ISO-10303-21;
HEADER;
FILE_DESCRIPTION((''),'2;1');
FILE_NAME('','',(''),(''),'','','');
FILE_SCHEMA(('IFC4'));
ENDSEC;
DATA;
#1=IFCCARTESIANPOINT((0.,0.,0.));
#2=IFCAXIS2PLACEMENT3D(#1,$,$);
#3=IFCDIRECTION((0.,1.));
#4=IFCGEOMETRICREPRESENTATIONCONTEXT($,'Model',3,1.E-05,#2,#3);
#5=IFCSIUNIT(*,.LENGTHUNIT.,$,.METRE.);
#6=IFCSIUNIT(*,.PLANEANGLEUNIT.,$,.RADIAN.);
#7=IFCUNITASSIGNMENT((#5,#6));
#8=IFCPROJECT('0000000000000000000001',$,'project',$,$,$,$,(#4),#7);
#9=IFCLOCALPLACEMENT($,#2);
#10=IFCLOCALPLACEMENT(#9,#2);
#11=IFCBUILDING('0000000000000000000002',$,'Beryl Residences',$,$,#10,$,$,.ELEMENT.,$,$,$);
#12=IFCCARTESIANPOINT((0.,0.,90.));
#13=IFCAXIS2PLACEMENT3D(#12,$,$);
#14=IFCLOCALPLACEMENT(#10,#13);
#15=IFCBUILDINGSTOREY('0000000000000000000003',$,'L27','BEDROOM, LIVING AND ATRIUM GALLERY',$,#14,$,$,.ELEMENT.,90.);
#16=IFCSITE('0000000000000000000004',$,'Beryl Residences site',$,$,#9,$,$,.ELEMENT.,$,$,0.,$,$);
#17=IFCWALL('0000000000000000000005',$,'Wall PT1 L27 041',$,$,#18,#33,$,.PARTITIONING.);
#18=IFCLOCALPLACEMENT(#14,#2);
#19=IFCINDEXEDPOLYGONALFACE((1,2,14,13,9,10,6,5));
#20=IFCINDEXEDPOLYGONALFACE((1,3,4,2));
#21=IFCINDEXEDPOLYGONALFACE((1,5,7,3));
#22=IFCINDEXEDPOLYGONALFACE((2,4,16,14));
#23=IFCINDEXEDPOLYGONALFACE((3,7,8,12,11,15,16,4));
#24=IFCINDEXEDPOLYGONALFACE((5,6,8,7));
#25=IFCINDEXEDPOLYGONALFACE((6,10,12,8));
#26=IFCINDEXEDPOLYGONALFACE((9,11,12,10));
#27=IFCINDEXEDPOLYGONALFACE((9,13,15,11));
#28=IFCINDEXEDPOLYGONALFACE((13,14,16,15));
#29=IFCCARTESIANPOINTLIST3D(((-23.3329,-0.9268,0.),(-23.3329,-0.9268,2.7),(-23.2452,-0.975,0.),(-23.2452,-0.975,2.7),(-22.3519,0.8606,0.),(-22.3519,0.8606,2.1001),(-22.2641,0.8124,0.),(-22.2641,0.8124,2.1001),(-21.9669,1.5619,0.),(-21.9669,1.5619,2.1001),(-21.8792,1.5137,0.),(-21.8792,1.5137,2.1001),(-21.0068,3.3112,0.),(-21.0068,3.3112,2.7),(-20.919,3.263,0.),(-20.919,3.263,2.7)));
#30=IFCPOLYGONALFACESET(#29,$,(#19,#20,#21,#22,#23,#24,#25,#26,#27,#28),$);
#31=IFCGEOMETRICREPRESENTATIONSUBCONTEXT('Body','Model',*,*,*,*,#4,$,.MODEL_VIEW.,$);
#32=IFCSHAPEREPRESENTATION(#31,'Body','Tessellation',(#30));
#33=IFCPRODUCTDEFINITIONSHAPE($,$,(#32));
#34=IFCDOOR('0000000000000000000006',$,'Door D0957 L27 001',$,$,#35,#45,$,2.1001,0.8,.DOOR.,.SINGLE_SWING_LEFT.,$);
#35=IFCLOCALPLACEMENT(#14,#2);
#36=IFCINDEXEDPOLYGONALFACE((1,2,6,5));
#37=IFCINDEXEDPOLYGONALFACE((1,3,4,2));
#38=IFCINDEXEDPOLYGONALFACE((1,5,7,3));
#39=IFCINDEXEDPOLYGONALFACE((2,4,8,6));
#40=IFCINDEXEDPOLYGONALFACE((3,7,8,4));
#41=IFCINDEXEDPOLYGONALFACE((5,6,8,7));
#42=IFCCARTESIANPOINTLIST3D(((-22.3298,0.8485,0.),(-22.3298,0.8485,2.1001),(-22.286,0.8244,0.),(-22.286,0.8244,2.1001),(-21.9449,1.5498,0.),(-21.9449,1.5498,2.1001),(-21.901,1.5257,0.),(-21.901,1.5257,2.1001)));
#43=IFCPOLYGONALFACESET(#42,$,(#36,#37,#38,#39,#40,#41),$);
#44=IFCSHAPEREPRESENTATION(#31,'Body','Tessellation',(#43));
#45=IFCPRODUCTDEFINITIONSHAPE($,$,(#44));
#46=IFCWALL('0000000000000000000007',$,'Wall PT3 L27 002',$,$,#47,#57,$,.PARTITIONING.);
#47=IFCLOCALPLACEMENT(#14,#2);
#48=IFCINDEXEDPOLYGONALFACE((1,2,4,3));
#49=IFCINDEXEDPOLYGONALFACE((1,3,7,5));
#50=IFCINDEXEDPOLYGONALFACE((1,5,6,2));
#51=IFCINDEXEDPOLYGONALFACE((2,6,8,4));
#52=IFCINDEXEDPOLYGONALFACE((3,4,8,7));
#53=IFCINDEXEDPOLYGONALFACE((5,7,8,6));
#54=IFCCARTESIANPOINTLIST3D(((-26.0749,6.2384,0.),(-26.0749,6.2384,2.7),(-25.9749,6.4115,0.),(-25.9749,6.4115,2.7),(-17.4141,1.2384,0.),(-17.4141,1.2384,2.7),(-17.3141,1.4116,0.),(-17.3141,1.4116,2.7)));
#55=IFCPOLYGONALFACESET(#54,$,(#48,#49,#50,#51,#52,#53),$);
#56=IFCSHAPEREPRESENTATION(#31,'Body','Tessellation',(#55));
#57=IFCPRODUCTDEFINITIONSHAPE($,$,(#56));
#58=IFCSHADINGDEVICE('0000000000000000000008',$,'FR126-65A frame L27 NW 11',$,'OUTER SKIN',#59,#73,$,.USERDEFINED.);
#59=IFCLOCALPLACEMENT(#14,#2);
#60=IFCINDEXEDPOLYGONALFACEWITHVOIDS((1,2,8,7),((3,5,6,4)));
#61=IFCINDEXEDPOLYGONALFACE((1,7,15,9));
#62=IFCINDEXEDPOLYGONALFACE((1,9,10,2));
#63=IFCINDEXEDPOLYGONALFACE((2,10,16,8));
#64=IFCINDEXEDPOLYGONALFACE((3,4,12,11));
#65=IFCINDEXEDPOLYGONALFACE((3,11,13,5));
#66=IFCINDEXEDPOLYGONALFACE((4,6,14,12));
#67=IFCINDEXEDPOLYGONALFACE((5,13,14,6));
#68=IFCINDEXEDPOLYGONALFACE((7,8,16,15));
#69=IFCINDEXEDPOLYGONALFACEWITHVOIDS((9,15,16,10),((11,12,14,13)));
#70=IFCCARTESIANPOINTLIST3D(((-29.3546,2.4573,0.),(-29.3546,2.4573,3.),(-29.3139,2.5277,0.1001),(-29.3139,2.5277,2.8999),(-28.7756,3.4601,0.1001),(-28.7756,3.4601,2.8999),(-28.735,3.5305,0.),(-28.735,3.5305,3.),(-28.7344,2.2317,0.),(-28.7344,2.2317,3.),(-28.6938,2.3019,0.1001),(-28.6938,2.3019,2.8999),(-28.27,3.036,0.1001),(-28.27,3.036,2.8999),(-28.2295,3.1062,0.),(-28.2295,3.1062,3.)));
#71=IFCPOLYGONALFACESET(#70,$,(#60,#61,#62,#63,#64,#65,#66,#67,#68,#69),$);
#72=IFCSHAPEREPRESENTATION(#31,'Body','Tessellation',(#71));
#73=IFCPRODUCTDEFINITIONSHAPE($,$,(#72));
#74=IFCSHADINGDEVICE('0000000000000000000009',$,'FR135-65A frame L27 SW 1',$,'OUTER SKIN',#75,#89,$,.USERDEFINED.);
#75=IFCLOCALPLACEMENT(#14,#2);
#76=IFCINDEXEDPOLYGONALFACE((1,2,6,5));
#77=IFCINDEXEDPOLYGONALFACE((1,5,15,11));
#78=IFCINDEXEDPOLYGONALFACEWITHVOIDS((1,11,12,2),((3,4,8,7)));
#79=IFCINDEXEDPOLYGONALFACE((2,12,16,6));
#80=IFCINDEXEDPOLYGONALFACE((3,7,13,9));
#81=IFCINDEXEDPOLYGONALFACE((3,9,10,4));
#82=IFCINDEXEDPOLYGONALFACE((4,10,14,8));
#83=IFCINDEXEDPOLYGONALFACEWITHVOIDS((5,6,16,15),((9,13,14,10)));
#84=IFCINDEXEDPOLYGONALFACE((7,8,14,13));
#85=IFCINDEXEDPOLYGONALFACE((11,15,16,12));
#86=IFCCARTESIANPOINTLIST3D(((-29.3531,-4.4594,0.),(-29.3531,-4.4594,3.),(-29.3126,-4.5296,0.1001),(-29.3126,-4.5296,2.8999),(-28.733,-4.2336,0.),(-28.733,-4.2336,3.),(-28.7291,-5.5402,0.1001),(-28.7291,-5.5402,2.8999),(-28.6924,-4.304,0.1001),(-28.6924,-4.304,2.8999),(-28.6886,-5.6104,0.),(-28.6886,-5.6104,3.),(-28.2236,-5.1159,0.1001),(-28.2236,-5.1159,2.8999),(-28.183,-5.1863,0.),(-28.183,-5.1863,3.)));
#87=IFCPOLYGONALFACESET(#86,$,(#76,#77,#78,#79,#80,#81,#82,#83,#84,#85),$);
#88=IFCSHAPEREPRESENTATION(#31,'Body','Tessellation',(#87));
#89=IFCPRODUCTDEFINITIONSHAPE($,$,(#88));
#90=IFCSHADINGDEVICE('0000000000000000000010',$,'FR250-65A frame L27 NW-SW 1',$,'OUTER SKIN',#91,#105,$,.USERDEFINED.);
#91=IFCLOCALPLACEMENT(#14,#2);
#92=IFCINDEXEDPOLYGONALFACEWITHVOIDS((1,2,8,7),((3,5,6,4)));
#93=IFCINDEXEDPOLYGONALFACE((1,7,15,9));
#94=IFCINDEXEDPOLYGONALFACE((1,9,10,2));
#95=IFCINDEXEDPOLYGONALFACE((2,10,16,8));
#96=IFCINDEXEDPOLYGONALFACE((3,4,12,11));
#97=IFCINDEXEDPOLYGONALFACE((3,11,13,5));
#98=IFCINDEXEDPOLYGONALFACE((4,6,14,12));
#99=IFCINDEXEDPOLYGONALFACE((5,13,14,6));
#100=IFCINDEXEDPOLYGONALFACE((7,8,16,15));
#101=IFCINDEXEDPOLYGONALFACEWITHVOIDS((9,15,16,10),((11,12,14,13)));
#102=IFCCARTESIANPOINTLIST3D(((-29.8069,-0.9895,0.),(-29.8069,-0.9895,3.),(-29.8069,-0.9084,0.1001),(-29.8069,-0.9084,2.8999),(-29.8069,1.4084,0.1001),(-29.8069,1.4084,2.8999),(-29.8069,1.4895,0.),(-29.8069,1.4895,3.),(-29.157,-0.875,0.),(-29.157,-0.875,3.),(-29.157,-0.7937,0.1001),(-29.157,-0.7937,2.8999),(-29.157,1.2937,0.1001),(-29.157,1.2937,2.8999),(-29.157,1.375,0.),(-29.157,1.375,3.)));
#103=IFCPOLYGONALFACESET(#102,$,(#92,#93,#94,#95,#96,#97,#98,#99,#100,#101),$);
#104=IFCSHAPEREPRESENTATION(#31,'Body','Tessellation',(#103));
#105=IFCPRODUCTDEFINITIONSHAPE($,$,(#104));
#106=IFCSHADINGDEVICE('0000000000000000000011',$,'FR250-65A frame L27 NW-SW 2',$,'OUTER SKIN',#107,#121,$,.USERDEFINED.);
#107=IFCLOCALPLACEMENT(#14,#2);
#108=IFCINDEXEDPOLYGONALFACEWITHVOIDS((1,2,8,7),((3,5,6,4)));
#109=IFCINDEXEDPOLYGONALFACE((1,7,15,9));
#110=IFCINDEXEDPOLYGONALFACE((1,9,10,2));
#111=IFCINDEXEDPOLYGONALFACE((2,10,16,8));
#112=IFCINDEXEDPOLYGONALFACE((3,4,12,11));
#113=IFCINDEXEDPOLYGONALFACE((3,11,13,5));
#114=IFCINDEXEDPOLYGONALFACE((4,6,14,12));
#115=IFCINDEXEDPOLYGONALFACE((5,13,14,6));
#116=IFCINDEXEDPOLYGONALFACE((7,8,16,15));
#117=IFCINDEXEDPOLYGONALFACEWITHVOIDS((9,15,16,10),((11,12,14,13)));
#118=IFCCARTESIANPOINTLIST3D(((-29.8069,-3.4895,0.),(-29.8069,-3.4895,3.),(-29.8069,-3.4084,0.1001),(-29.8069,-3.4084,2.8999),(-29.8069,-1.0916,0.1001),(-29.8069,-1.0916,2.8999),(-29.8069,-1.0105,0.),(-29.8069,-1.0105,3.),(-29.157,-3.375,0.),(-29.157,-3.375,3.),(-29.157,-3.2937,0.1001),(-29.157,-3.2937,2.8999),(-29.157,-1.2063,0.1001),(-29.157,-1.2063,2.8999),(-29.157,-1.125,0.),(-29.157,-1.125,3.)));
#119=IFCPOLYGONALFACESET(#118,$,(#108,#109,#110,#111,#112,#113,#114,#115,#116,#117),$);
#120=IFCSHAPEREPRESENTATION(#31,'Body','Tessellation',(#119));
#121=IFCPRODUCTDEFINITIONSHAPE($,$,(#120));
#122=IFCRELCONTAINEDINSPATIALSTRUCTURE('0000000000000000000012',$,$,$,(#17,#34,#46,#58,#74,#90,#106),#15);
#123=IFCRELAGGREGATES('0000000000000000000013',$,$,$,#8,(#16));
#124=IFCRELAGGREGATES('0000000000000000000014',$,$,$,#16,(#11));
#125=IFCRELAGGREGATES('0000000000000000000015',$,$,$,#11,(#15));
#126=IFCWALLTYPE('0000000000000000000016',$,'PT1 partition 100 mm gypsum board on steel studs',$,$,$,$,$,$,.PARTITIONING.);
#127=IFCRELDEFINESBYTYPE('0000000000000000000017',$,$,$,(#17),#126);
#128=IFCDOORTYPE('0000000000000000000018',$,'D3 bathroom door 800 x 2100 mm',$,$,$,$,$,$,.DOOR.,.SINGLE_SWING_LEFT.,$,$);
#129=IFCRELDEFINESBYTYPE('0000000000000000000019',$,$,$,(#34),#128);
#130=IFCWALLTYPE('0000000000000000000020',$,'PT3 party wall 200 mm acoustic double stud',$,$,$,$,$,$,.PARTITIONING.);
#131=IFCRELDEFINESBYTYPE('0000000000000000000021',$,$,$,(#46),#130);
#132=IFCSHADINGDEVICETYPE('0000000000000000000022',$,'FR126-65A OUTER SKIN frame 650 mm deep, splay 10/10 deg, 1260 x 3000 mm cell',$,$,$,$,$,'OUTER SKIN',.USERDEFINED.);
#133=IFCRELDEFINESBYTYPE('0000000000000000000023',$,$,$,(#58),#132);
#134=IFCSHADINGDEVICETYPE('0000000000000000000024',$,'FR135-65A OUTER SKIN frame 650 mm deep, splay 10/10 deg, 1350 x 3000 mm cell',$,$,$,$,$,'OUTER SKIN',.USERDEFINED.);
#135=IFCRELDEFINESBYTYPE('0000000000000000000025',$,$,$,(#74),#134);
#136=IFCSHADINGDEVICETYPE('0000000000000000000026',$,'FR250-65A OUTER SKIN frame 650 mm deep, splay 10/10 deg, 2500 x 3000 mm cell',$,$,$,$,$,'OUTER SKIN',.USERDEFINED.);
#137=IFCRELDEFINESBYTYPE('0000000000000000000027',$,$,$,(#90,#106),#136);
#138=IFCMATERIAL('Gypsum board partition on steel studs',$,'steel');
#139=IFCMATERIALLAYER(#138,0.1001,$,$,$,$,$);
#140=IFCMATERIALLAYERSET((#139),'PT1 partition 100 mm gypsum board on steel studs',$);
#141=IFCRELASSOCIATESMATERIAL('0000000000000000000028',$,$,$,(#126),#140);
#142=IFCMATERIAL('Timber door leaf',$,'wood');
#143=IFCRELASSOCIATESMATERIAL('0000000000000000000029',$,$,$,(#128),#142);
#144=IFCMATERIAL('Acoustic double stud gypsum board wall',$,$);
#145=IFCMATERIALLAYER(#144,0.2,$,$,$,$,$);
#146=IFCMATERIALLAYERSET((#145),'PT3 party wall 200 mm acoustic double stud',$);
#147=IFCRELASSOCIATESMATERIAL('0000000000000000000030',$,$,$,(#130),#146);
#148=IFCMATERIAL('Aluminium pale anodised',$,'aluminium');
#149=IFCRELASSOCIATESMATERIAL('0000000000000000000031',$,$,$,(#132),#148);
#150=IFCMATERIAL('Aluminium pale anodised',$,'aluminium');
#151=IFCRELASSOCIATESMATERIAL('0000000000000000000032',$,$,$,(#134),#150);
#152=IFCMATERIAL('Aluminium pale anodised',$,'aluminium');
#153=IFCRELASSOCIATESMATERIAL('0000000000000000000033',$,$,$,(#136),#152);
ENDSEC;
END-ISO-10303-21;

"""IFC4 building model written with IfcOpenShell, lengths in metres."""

from ifc_helpers import new_model, entity, si_unit, direction, frame, frame_2d, origin, place, context, subcontext, project, spatial, rectangle, extrude, source, transform, mapped, material, layer, layer_set, type_object, type_shapes, element, fill, save


model = new_model("IFC4")

# Units and contexts
model_context = context("Model", 3, precision=1e-05, world=origin(), true_north=direction((0.0, 1.0)))
body_context = subcontext(model_context, "Body", "Model", "MODEL_VIEW")
ifc_project = project(units=[si_unit("LENGTHUNIT", "METRE"), si_unit("PLANEANGLEUNIT", "RADIAN")], contexts=[model_context])

# Site, building, storey
site_placement = place(None, origin())
site = spatial("IfcSite", under=ifc_project, at=site_placement, Name="Beryl Residences site", CompositionType="ELEMENT", RefElevation=0.0)
building_placement = place(site_placement, origin())
building = spatial("IfcBuilding", under=site, at=building_placement, Name="Beryl Residences", CompositionType="ELEMENT")
storey_placement = place(building_placement, frame((0.0, 0.0, 90.0)))
storey = spatial("IfcBuildingStorey", under=building, at=storey_placement, Name="L27", Description="BEDROOM, LIVING AND ATRIUM GALLERY", CompositionType="ELEMENT", Elevation=90.0)

# Shared definitions
ifc_material_1 = material(Name="Gypsum board partition on steel studs", Category="steel")
ifc_layer_1 = layer(ifc_material_1, 0.1001)
ifc_layer_set_1 = layer_set([ifc_layer_1], Name="PT1 partition 100 mm gypsum board on steel studs")
wall_type_1 = type_object("IfcWallType", Name="PT1 partition 100 mm gypsum board on steel studs", PredefinedType="PARTITIONING", material=ifc_layer_set_1)

# Wall, opening, door
wall_1_placement = place(storey_placement, frame((-23.2891, -0.9509, 0.0), z_axis=(0.0, 0.0, 1.0), x_axis=(0.481164, 0.87663, 0.0)))
wall_1 = element("IfcWall", 1, at=wall_1_placement, inside=storey, type_object=wall_type_1, Name="Wall PT1 L27 041", PredefinedType="PARTITIONING", context=body_context, shape_type="SweptSolid", body=[
    extrude(rectangle(XDim=4.8345, YDim=0.1001, at=frame_2d((2.4172, 0.0))), origin(), (0.0, 0.0, 1.0), 2.7),
])
opening_1_placement = place(wall_1_placement, frame((2.0391, 0.0, 0.0)))
opening_1 = element("IfcOpeningElement", 2, at=opening_1_placement, cuts=wall_1, PredefinedType="OPENING", context=body_context, shape_type="SweptSolid", body=[
    extrude(rectangle(XDim=0.8, YDim=2.1001, at=frame_2d((0.3999, 1.05))), frame((0.0, 0.0601, 0.0), z_axis=(0.0, -1.0, 0.0), x_axis=(1.0, 0.0, 0.0)), (0.0, 0.0, 1.0), 0.1201),
])
ifc_material_2 = material(Name="Timber door leaf", Category="wood")
door_type_1 = type_object("IfcDoorType", Name="D3 bathroom door 800 x 2100 mm", OperationType="SINGLE_SWING_LEFT", PredefinedType="DOOR", material=ifc_material_2)
door_1_placement = place(opening_1_placement, origin())
door_1 = element("IfcDoor", 3, at=door_1_placement, inside=storey, type_object=door_type_1, Name="Door D0957 L27 001", OperationType="SINGLE_SWING_LEFT", OverallHeight=2.1001, OverallWidth=0.8, PredefinedType="DOOR", context=body_context, shape_type="SweptSolid", body=[
    extrude(rectangle(XDim=0.8, YDim=2.1001, at=frame_2d((0.3999, 1.05))), frame((0.0, 0.0249, 0.0), z_axis=(0.0, -1.0, 0.0), x_axis=(1.0, 0.0, 0.0)), (0.0, 0.0, 1.0), 0.05),
])
fill(opening_1, door_1)

# Wall
ifc_material_3 = material(Name="Acoustic double stud gypsum board wall")
ifc_layer_2 = layer(ifc_material_3, 0.2)
ifc_layer_set_2 = layer_set([ifc_layer_2], Name="PT3 party wall 200 mm acoustic double stud")
wall_type_2 = type_object("IfcWallType", Name="PT3 party wall 200 mm acoustic double stud", PredefinedType="PARTITIONING", material=ifc_layer_set_2)
wall_2_placement = place(storey_placement, frame((-26.0249, 6.325, 0.0), z_axis=(0.0, 0.0, 1.0), x_axis=(0.866041, -0.499973, 0.0)))
element("IfcWall", 4, at=wall_2_placement, inside=storey, type_object=wall_type_2, Name="Wall PT3 L27 002", PredefinedType="PARTITIONING", context=body_context, shape_type="SweptSolid", body=[
    extrude(rectangle(XDim=10.0005, YDim=0.2, at=frame_2d((5.0002, 0.0))), origin(), (0.0, 0.0, 1.0), 2.7),
])

# Shading devices
ifc_material_4 = material(Name="Aluminium pale anodised", Category="aluminium")
shading_device_type_1 = type_object("IfcShadingDeviceType", Name="FR126-65A OUTER SKIN frame 650 mm deep, splay 10/10 deg, 1260 x 3000 mm cell", ElementType="OUTER SKIN", PredefinedType="USERDEFINED", material=ifc_material_4)
cartesian_point_1 = entity("IfcCartesianPoint", [-0.5049, 0.0])
cartesian_point_2 = entity("IfcCartesianPoint", [-0.4238, 0.1001])
cartesian_point_3 = entity("IfcCartesianPoint", [-0.6196, 0.0])
cartesian_point_4 = entity("IfcCartesianPoint", [-0.5383, 0.1001])
shared_shape_1 = source(origin(), body_context, "Body", "SweptSolid", [
    entity("IfcExtrudedAreaSolidTapered", entity("IfcArbitraryProfileDefWithVoids", "AREA", None, entity("IfcPolyline", [cartesian_point_1, entity("IfcCartesianPoint", [0.5049, 0.0]), entity("IfcCartesianPoint", [0.5049, 3.0]), entity("IfcCartesianPoint", [-0.5049, 3.0]), cartesian_point_1]), [entity("IfcPolyline", [cartesian_point_2, entity("IfcCartesianPoint", [0.4238, 0.1001]), entity("IfcCartesianPoint", [0.4238, 2.8999]), entity("IfcCartesianPoint", [-0.4238, 2.8999]), cartesian_point_2])]), entity("IfcAxis2Placement3D", entity("IfcCartesianPoint", [0.0, 0.0, 0.0]), entity("IfcDirection", [0.0, 1.0, 0.0]), entity("IfcDirection", [-1.0, 0.0, 0.0])), entity("IfcDirection", [0.0, 0.0, 1.0]), 0.6499, entity("IfcArbitraryProfileDefWithVoids", "AREA", None, entity("IfcPolyline", [cartesian_point_3, entity("IfcCartesianPoint", [0.6196, 0.0]), entity("IfcCartesianPoint", [0.6196, 3.0]), entity("IfcCartesianPoint", [-0.6196, 3.0]), cartesian_point_3]), [entity("IfcPolyline", [cartesian_point_4, entity("IfcCartesianPoint", [0.5383, 0.1001]), entity("IfcCartesianPoint", [0.5383, 2.8999]), entity("IfcCartesianPoint", [-0.5383, 2.8999]), cartesian_point_4])])),
])
type_shapes(shading_device_type_1, [shared_shape_1])
shading_device_1_placement = place(storey_placement, frame((-28.4819, 2.6689, 0.0), z_axis=(0.0, 0.0, 1.0), x_axis=(0.5, 0.866025, 0.0)))
element("IfcShadingDevice", 5, at=shading_device_1_placement, inside=storey, type_object=shading_device_type_1, Name="FR126-65A frame L27 NW 11", ObjectType="OUTER SKIN", PredefinedType="USERDEFINED", context=body_context, shape_type="MappedRepresentation", body=[
    mapped(shared_shape_1, transform((0.0, 0.0, 0.0))),
])
ifc_material_5 = material(Name="Aluminium pale anodised", Category="aluminium")
shading_device_type_2 = type_object("IfcShadingDeviceType", Name="FR135-65A OUTER SKIN frame 650 mm deep, splay 10/10 deg, 1350 x 3000 mm cell", ElementType="OUTER SKIN", PredefinedType="USERDEFINED", material=ifc_material_5)
cartesian_point_5 = entity("IfcCartesianPoint", [-0.55, 0.0])
cartesian_point_6 = entity("IfcCartesianPoint", [-0.4688, 0.1001])
cartesian_point_7 = entity("IfcCartesianPoint", [-0.6646, 0.0])
cartesian_point_8 = entity("IfcCartesianPoint", [-0.5835, 0.1001])
shared_shape_2 = source(origin(), body_context, "Body", "SweptSolid", [
    entity("IfcExtrudedAreaSolidTapered", entity("IfcArbitraryProfileDefWithVoids", "AREA", None, entity("IfcPolyline", [cartesian_point_5, entity("IfcCartesianPoint", [0.55, 0.0]), entity("IfcCartesianPoint", [0.55, 3.0]), entity("IfcCartesianPoint", [-0.55, 3.0]), cartesian_point_5]), [entity("IfcPolyline", [cartesian_point_6, entity("IfcCartesianPoint", [0.4688, 0.1001]), entity("IfcCartesianPoint", [0.4688, 2.8999]), entity("IfcCartesianPoint", [-0.4688, 2.8999]), cartesian_point_6])]), entity("IfcAxis2Placement3D", entity("IfcCartesianPoint", [0.0, 0.0, 0.0]), entity("IfcDirection", [0.0, 1.0, 0.0]), entity("IfcDirection", [-1.0, 0.0, 0.0])), entity("IfcDirection", [0.0, 0.0, 1.0]), 0.6499, entity("IfcArbitraryProfileDefWithVoids", "AREA", None, entity("IfcPolyline", [cartesian_point_7, entity("IfcCartesianPoint", [0.6646, 0.0]), entity("IfcCartesianPoint", [0.6646, 3.0]), entity("IfcCartesianPoint", [-0.6646, 3.0]), cartesian_point_7]), [entity("IfcPolyline", [cartesian_point_8, entity("IfcCartesianPoint", [0.5835, 0.1001]), entity("IfcCartesianPoint", [0.5835, 2.8999]), entity("IfcCartesianPoint", [-0.5835, 2.8999]), cartesian_point_8])])),
])
type_shapes(shading_device_type_2, [shared_shape_2])
shading_device_2_placement = place(storey_placement, frame((-28.458, -4.71, 0.0), z_axis=(0.0, 0.0, 1.0), x_axis=(-0.5, 0.866025, 0.0)))
element("IfcShadingDevice", 6, at=shading_device_2_placement, inside=storey, type_object=shading_device_type_2, Name="FR135-65A frame L27 SW 1", ObjectType="OUTER SKIN", PredefinedType="USERDEFINED", context=body_context, shape_type="MappedRepresentation", body=[
    mapped(shared_shape_2, transform((0.0, 0.0, 0.0))),
])
ifc_material_6 = material(Name="Aluminium pale anodised", Category="aluminium")
shading_device_type_3 = type_object("IfcShadingDeviceType", Name="FR250-65A OUTER SKIN frame 650 mm deep, splay 10/10 deg, 2500 x 3000 mm cell", ElementType="OUTER SKIN", PredefinedType="USERDEFINED", material=ifc_material_6)
cartesian_point_9 = entity("IfcCartesianPoint", [-1.125, 0.0])
cartesian_point_10 = entity("IfcCartesianPoint", [-1.0437, 0.1001])
cartesian_point_11 = entity("IfcCartesianPoint", [-1.2395, 0.0])
cartesian_point_12 = entity("IfcCartesianPoint", [-1.1584, 0.1001])
shared_shape_3 = source(origin(), body_context, "Body", "SweptSolid", [
    entity("IfcExtrudedAreaSolidTapered", entity("IfcArbitraryProfileDefWithVoids", "AREA", None, entity("IfcPolyline", [cartesian_point_9, entity("IfcCartesianPoint", [1.125, 0.0]), entity("IfcCartesianPoint", [1.125, 3.0]), entity("IfcCartesianPoint", [-1.125, 3.0]), cartesian_point_9]), [entity("IfcPolyline", [cartesian_point_10, entity("IfcCartesianPoint", [1.0437, 0.1001]), entity("IfcCartesianPoint", [1.0437, 2.8999]), entity("IfcCartesianPoint", [-1.0437, 2.8999]), cartesian_point_10])]), entity("IfcAxis2Placement3D", entity("IfcCartesianPoint", [0.0, 0.0, 0.0]), entity("IfcDirection", [0.0, 1.0, 0.0]), entity("IfcDirection", [-1.0, 0.0, 0.0])), entity("IfcDirection", [0.0, 0.0, 1.0]), 0.6499, entity("IfcArbitraryProfileDefWithVoids", "AREA", None, entity("IfcPolyline", [cartesian_point_11, entity("IfcCartesianPoint", [1.2395, 0.0]), entity("IfcCartesianPoint", [1.2395, 3.0]), entity("IfcCartesianPoint", [-1.2395, 3.0]), cartesian_point_11]), [entity("IfcPolyline", [cartesian_point_12, entity("IfcCartesianPoint", [1.1584, 0.1001]), entity("IfcCartesianPoint", [1.1584, 2.8999]), entity("IfcCartesianPoint", [-1.1584, 2.8999]), cartesian_point_12])])),
])
type_shapes(shading_device_type_3, [shared_shape_3])
for number, where, z_axis, x_axis, name in (
    (7, (-29.157, 0.25, 0.0), (0.0, 0.0, 1.0), (0.0, 1.0, 0.0), "FR250-65A frame L27 NW-SW 1"),
    (8, (-29.157, -2.25, 0.0), (0.0, 0.0, 1.0), (0.0, 1.0, 0.0), "FR250-65A frame L27 NW-SW 2"),
):
    element("IfcShadingDevice", number, at=place(storey_placement, frame(where, z_axis=z_axis, x_axis=x_axis)), inside=storey, type_object=shading_device_type_3, Name=name, ObjectType="OUTER SKIN", PredefinedType="USERDEFINED", context=body_context, shape_type="MappedRepresentation", body=[
        mapped(shared_shape_3, transform((0.0, 0.0, 0.0))),
    ])

save(model, "model.ifc")
